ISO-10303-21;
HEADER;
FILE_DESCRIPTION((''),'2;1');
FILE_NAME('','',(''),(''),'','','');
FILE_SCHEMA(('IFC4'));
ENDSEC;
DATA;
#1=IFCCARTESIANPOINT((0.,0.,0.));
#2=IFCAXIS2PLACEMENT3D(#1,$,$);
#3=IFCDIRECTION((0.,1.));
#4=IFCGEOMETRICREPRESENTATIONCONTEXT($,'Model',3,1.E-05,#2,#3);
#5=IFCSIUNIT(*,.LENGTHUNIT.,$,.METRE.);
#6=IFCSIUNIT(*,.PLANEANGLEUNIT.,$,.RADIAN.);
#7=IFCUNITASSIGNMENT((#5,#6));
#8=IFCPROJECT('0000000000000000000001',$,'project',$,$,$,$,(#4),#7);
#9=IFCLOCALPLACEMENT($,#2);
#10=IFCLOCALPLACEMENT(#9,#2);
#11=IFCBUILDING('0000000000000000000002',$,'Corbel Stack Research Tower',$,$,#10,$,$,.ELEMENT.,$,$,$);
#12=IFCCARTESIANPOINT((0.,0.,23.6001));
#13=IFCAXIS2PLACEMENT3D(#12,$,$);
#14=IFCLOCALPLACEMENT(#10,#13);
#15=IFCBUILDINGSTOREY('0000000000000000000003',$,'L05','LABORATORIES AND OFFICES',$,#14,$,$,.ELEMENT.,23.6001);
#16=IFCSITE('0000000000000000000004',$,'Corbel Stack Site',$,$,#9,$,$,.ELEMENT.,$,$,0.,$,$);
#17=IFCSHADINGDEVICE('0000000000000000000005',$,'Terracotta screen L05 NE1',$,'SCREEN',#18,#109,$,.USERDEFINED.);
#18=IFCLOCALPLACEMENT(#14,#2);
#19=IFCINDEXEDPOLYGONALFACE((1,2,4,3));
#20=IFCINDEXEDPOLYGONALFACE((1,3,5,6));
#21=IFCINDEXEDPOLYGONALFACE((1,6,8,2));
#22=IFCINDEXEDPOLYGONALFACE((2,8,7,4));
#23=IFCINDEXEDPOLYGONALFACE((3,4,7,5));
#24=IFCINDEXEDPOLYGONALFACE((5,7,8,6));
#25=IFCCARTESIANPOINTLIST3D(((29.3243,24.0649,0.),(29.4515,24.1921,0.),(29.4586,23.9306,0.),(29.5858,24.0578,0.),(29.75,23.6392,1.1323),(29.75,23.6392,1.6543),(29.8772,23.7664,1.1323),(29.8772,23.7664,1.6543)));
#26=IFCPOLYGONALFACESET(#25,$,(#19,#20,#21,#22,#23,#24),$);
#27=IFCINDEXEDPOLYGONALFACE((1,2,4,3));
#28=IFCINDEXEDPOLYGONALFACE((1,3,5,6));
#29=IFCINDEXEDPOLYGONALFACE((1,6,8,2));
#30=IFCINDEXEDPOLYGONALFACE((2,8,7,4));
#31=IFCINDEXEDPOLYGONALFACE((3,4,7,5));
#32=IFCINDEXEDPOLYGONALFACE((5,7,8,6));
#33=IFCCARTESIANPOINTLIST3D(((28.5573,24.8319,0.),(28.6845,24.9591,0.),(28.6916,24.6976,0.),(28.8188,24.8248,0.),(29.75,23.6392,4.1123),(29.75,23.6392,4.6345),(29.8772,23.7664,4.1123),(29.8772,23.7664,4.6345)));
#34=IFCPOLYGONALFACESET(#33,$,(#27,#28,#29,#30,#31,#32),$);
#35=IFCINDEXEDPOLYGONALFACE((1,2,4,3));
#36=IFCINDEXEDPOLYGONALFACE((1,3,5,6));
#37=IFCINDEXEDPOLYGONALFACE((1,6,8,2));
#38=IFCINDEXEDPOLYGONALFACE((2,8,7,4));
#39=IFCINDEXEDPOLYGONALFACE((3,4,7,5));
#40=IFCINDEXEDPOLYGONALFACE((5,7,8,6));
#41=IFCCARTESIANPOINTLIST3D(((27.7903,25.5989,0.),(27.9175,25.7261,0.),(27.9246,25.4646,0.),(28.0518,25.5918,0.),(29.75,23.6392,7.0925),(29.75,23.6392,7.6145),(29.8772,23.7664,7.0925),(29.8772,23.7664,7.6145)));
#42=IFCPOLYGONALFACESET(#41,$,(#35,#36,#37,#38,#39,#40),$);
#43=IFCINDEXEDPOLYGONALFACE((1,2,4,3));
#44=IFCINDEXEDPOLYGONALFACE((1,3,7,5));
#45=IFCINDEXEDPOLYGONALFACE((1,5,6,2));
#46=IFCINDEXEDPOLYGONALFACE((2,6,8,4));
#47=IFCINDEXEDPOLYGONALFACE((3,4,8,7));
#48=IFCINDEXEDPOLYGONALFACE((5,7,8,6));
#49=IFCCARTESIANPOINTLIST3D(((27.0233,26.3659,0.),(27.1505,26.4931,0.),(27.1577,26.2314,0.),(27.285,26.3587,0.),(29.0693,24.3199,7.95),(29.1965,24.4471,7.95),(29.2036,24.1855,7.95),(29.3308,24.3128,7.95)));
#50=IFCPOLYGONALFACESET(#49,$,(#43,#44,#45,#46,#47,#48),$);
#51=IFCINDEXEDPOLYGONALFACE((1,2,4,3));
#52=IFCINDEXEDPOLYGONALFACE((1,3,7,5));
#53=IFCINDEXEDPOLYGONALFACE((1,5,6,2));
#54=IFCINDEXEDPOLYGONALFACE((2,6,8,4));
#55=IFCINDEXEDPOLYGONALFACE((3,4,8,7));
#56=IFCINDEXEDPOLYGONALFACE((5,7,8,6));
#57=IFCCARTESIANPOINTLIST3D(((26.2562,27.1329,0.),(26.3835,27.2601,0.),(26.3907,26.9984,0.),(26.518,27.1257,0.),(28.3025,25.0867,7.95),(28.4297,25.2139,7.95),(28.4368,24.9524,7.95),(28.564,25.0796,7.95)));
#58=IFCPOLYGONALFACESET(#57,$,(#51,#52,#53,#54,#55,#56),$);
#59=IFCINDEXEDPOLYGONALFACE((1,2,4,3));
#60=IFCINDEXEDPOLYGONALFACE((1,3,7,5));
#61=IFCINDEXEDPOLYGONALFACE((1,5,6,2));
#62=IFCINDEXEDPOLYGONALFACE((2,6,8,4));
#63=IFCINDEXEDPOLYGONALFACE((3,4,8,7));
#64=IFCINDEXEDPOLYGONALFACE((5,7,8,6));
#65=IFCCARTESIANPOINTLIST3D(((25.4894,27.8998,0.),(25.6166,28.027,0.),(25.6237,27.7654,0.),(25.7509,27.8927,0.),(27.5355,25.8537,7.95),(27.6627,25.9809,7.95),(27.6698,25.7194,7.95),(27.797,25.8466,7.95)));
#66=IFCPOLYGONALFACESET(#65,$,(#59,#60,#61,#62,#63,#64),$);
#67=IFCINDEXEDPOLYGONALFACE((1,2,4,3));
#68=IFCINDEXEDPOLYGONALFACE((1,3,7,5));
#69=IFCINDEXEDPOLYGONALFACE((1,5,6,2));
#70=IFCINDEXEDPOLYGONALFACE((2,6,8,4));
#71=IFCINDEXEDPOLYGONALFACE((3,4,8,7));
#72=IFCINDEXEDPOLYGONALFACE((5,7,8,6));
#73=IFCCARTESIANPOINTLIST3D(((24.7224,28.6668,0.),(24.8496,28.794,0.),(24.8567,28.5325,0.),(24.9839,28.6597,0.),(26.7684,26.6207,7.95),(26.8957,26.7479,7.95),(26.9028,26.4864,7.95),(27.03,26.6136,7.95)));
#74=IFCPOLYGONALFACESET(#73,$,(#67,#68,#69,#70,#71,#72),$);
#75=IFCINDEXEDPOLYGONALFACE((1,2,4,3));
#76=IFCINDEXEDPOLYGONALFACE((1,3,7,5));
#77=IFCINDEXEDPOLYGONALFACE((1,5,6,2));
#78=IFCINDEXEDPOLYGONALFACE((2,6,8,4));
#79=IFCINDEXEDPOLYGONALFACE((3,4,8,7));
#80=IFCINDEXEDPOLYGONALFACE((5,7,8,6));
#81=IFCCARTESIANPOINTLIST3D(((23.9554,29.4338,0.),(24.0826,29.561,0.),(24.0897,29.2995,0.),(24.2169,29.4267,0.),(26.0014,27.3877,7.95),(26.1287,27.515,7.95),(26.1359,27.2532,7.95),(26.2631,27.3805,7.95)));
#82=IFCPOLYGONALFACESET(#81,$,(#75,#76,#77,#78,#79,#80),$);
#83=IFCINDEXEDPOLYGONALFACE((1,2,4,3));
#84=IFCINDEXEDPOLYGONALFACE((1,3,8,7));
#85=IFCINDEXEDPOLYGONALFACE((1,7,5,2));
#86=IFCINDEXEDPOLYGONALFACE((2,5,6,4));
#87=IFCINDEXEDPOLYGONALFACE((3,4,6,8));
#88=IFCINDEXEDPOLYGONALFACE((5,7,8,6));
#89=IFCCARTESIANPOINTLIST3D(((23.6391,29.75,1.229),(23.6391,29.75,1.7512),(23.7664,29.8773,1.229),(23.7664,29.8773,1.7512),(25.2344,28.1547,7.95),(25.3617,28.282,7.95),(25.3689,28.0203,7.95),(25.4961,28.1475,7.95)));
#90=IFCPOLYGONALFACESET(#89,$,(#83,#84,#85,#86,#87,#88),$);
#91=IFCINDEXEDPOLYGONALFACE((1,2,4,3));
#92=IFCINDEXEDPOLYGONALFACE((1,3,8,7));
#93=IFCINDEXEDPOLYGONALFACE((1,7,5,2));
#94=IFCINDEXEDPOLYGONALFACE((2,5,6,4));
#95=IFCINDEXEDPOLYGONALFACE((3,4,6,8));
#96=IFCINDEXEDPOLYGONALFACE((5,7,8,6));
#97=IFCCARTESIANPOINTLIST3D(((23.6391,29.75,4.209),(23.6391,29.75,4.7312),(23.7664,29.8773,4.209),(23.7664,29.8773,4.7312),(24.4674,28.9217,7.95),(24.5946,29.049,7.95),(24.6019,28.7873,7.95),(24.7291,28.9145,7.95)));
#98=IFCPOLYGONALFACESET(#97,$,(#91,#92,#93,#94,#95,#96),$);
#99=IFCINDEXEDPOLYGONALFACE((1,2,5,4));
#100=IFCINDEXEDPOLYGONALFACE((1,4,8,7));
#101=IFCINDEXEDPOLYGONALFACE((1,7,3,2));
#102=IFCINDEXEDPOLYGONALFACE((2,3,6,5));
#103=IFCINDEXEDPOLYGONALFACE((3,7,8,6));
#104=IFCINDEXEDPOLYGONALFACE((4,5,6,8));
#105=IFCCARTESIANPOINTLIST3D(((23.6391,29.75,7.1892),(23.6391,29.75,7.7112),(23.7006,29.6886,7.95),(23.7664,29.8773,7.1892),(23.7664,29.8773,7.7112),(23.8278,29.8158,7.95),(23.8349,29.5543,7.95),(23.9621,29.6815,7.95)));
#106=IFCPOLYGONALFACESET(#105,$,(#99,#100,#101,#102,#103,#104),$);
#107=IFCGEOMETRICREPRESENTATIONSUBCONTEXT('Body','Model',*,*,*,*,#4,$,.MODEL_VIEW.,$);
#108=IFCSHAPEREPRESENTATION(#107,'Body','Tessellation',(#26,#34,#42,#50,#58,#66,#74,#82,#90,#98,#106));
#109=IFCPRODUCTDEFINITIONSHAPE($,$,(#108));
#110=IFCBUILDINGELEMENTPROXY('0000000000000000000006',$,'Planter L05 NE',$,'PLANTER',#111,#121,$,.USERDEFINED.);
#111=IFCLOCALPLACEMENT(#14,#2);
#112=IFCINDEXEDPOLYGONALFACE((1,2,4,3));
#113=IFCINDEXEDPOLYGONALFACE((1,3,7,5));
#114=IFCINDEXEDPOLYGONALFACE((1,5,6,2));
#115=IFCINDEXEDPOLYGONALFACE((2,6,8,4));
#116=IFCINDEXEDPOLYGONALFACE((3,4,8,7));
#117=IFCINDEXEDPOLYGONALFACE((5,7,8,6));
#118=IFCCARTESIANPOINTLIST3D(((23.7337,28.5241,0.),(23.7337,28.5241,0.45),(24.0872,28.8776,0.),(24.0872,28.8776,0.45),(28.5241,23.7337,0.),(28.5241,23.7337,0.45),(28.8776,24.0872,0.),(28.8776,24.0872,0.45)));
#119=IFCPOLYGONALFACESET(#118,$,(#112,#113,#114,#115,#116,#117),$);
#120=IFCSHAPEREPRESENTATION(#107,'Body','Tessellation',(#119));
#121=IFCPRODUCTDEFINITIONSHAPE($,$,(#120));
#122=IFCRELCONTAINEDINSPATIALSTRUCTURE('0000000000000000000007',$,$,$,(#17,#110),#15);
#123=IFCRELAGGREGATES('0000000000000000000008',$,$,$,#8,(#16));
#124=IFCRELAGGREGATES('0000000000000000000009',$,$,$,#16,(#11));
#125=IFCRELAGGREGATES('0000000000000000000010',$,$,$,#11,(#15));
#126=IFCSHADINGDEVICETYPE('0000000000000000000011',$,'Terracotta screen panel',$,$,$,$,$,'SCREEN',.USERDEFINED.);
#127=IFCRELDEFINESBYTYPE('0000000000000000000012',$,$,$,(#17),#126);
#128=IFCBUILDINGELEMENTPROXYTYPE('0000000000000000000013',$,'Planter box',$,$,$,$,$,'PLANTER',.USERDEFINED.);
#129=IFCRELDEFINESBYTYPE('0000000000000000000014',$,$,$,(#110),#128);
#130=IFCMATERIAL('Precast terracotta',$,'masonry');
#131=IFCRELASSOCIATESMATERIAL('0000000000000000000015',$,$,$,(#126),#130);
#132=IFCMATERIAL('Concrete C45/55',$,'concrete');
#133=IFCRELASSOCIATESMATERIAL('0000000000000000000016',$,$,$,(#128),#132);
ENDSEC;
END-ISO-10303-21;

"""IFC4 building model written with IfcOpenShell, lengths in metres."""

from ifc_helpers import new_model, si_unit, direction, frame, origin, origin_2d, place, context, subcontext, project, spatial, polyline, rectangle, outline, extrude, source, transform, mapped, material, type_object, element, save


model = new_model("IFC4")

# Units and contexts
model_context = context("Model", 3, precision=1e-05, world=origin(), true_north=direction((0.0, 1.0)))
body_context = subcontext(model_context, "Body", "Model", "MODEL_VIEW")
ifc_project = project(units=[si_unit("LENGTHUNIT", "METRE"), si_unit("PLANEANGLEUNIT", "RADIAN")], contexts=[model_context])

# Site, building, storey
site_placement = place(None, origin())
site = spatial("IfcSite", under=ifc_project, at=site_placement, Name="Corbel Stack Site", CompositionType="ELEMENT", RefElevation=0.0)
building_placement = place(site_placement, origin())
building = spatial("IfcBuilding", under=site, at=building_placement, Name="Corbel Stack Research Tower", CompositionType="ELEMENT")
storey_placement = place(building_placement, frame((0.0, 0.0, 23.6001)))
storey = spatial("IfcBuildingStorey", under=building, at=storey_placement, Name="L05", Description="LABORATORIES AND OFFICES", CompositionType="ELEMENT", Elevation=23.6001)

# Shading device
ifc_material_1 = material(Name="Precast terracotta", Category="masonry")
shading_device_type = type_object("IfcShadingDeviceType", Name="Terracotta screen panel", ElementType="SCREEN", PredefinedType="USERDEFINED", material=ifc_material_1)
shared_shape_1 = source(origin(), body_context, "Body", "SweptSolid", [
    extrude(outline(polyline([(0.6021, 0.0), (0.0, 1.6543), (0.0, 1.1323), (0.4121, 0.0), (0.6021, 0.0)])), frame((0.0, 0.0, 0.0), z_axis=(0.0, -1.0, 0.0), x_axis=(1.0, 0.0, 0.0)), (0.0, 0.0, 1.0), 0.1799),
    extrude(outline(polyline([(1.6868, 0.0), (0.0, 4.6345), (0.0, 4.1123), (1.4968, 0.0), (1.6868, 0.0)])), frame((0.0, 0.0, 0.0), z_axis=(0.0, -1.0, 0.0), x_axis=(1.0, 0.0, 0.0)), (0.0, 0.0, 1.0), 0.1799),
    extrude(outline(polyline([(2.7715, 0.0), (0.0, 7.6145), (0.0, 7.0925), (2.5815, 0.0), (2.7715, 0.0)])), frame((0.0, 0.0, 0.0), z_axis=(0.0, -1.0, 0.0), x_axis=(1.0, 0.0, 0.0)), (0.0, 0.0, 1.0), 0.1799),
    extrude(outline(polyline([(3.8562, 0.0), (0.9626, 7.95), (0.7727, 7.95), (3.666, 0.0), (3.8562, 0.0)])), frame((0.0, 0.0, 0.0), z_axis=(0.0, -1.0, 0.0), x_axis=(1.0, 0.0, 0.0)), (0.0, 0.0, 1.0), 0.1799),
    extrude(outline(polyline([(4.9409, 0.0), (2.0471, 7.95), (1.8572, 7.95), (4.7507, 0.0), (4.9409, 0.0)])), frame((0.0, 0.0, 0.0), z_axis=(0.0, -1.0, 0.0), x_axis=(1.0, 0.0, 0.0)), (0.0, 0.0, 1.0), 0.1799),
    extrude(outline(polyline([(6.0254, 0.0), (3.1318, 7.95), (2.9419, 7.95), (5.8354, 0.0), (6.0254, 0.0)])), frame((0.0, 0.0, 0.0), z_axis=(0.0, -1.0, 0.0), x_axis=(1.0, 0.0, 0.0)), (0.0, 0.0, 1.0), 0.1799),
    extrude(outline(polyline([(7.1101, 0.0), (4.2166, 7.95), (4.0266, 7.95), (6.9202, 0.0), (7.1101, 0.0)])), frame((0.0, 0.0, 0.0), z_axis=(0.0, -1.0, 0.0), x_axis=(1.0, 0.0, 0.0)), (0.0, 0.0, 1.0), 0.1799),
    extrude(outline(polyline([(8.1948, 0.0), (5.3013, 7.95), (5.1111, 7.95), (8.0049, 0.0), (8.1948, 0.0)])), frame((0.0, 0.0, 0.0), z_axis=(0.0, -1.0, 0.0), x_axis=(1.0, 0.0, 0.0)), (0.0, 0.0, 1.0), 0.1799),
    extrude(outline(polyline([(6.386, 7.95), (6.1958, 7.95), (8.6421, 1.229), (8.6421, 1.7512), (6.386, 7.95)])), frame((0.0, 0.0, 0.0), z_axis=(0.0, -1.0, 0.0), x_axis=(1.0, 0.0, 0.0)), (0.0, 0.0, 1.0), 0.1799),
    extrude(outline(polyline([(7.4707, 7.95), (7.2805, 7.95), (8.6421, 4.209), (8.6421, 4.7312), (7.4707, 7.95)])), frame((0.0, 0.0, 0.0), z_axis=(0.0, -1.0, 0.0), x_axis=(1.0, 0.0, 0.0)), (0.0, 0.0, 1.0), 0.1799),
    extrude(outline(polyline([(8.5552, 7.95), (8.3652, 7.95), (8.6421, 7.1892), (8.6421, 7.7112), (8.5552, 7.95)])), frame((0.0, 0.0, 0.0), z_axis=(0.0, -1.0, 0.0), x_axis=(1.0, 0.0, 0.0)), (0.0, 0.0, 1.0), 0.1799),
])
shading_device_1_placement = place(storey_placement, frame((29.75, 23.6392, 0.0), z_axis=(0.0, 0.0, 1.0), x_axis=(-0.707107, 0.707107, 0.0)))
element("IfcShadingDevice", 1, at=shading_device_1_placement, inside=storey, type_object=shading_device_type, Name="Terracotta screen L05 NE1", ObjectType="SCREEN", PredefinedType="USERDEFINED", context=body_context, shape_type="MappedRepresentation", body=[
    mapped(shared_shape_1, transform((0.0, 0.0, 0.0))),
])

# Building element proxy
ifc_material_2 = material(Name="Concrete C45/55", Category="concrete")
building_element_proxy_type = type_object("IfcBuildingElementProxyType", Name="Planter box", ElementType="PLANTER", PredefinedType="USERDEFINED", material=ifc_material_2)
proxy_placement = place(storey_placement, frame((26.3057, 26.3057, 0.0), z_axis=(0.0, 0.0, 1.0), x_axis=(-0.707107, 0.707107, 0.0)))
element("IfcBuildingElementProxy", 2, at=proxy_placement, inside=storey, type_object=building_element_proxy_type, Name="Planter L05 NE", ObjectType="PLANTER", PredefinedType="USERDEFINED", context=body_context, shape_type="SweptSolid", body=[
    extrude(rectangle(XDim=6.7747, YDim=0.5, at=origin_2d()), origin(), (0.0, 0.0, 1.0), 0.45),
])

save(model, "model.ifc")
